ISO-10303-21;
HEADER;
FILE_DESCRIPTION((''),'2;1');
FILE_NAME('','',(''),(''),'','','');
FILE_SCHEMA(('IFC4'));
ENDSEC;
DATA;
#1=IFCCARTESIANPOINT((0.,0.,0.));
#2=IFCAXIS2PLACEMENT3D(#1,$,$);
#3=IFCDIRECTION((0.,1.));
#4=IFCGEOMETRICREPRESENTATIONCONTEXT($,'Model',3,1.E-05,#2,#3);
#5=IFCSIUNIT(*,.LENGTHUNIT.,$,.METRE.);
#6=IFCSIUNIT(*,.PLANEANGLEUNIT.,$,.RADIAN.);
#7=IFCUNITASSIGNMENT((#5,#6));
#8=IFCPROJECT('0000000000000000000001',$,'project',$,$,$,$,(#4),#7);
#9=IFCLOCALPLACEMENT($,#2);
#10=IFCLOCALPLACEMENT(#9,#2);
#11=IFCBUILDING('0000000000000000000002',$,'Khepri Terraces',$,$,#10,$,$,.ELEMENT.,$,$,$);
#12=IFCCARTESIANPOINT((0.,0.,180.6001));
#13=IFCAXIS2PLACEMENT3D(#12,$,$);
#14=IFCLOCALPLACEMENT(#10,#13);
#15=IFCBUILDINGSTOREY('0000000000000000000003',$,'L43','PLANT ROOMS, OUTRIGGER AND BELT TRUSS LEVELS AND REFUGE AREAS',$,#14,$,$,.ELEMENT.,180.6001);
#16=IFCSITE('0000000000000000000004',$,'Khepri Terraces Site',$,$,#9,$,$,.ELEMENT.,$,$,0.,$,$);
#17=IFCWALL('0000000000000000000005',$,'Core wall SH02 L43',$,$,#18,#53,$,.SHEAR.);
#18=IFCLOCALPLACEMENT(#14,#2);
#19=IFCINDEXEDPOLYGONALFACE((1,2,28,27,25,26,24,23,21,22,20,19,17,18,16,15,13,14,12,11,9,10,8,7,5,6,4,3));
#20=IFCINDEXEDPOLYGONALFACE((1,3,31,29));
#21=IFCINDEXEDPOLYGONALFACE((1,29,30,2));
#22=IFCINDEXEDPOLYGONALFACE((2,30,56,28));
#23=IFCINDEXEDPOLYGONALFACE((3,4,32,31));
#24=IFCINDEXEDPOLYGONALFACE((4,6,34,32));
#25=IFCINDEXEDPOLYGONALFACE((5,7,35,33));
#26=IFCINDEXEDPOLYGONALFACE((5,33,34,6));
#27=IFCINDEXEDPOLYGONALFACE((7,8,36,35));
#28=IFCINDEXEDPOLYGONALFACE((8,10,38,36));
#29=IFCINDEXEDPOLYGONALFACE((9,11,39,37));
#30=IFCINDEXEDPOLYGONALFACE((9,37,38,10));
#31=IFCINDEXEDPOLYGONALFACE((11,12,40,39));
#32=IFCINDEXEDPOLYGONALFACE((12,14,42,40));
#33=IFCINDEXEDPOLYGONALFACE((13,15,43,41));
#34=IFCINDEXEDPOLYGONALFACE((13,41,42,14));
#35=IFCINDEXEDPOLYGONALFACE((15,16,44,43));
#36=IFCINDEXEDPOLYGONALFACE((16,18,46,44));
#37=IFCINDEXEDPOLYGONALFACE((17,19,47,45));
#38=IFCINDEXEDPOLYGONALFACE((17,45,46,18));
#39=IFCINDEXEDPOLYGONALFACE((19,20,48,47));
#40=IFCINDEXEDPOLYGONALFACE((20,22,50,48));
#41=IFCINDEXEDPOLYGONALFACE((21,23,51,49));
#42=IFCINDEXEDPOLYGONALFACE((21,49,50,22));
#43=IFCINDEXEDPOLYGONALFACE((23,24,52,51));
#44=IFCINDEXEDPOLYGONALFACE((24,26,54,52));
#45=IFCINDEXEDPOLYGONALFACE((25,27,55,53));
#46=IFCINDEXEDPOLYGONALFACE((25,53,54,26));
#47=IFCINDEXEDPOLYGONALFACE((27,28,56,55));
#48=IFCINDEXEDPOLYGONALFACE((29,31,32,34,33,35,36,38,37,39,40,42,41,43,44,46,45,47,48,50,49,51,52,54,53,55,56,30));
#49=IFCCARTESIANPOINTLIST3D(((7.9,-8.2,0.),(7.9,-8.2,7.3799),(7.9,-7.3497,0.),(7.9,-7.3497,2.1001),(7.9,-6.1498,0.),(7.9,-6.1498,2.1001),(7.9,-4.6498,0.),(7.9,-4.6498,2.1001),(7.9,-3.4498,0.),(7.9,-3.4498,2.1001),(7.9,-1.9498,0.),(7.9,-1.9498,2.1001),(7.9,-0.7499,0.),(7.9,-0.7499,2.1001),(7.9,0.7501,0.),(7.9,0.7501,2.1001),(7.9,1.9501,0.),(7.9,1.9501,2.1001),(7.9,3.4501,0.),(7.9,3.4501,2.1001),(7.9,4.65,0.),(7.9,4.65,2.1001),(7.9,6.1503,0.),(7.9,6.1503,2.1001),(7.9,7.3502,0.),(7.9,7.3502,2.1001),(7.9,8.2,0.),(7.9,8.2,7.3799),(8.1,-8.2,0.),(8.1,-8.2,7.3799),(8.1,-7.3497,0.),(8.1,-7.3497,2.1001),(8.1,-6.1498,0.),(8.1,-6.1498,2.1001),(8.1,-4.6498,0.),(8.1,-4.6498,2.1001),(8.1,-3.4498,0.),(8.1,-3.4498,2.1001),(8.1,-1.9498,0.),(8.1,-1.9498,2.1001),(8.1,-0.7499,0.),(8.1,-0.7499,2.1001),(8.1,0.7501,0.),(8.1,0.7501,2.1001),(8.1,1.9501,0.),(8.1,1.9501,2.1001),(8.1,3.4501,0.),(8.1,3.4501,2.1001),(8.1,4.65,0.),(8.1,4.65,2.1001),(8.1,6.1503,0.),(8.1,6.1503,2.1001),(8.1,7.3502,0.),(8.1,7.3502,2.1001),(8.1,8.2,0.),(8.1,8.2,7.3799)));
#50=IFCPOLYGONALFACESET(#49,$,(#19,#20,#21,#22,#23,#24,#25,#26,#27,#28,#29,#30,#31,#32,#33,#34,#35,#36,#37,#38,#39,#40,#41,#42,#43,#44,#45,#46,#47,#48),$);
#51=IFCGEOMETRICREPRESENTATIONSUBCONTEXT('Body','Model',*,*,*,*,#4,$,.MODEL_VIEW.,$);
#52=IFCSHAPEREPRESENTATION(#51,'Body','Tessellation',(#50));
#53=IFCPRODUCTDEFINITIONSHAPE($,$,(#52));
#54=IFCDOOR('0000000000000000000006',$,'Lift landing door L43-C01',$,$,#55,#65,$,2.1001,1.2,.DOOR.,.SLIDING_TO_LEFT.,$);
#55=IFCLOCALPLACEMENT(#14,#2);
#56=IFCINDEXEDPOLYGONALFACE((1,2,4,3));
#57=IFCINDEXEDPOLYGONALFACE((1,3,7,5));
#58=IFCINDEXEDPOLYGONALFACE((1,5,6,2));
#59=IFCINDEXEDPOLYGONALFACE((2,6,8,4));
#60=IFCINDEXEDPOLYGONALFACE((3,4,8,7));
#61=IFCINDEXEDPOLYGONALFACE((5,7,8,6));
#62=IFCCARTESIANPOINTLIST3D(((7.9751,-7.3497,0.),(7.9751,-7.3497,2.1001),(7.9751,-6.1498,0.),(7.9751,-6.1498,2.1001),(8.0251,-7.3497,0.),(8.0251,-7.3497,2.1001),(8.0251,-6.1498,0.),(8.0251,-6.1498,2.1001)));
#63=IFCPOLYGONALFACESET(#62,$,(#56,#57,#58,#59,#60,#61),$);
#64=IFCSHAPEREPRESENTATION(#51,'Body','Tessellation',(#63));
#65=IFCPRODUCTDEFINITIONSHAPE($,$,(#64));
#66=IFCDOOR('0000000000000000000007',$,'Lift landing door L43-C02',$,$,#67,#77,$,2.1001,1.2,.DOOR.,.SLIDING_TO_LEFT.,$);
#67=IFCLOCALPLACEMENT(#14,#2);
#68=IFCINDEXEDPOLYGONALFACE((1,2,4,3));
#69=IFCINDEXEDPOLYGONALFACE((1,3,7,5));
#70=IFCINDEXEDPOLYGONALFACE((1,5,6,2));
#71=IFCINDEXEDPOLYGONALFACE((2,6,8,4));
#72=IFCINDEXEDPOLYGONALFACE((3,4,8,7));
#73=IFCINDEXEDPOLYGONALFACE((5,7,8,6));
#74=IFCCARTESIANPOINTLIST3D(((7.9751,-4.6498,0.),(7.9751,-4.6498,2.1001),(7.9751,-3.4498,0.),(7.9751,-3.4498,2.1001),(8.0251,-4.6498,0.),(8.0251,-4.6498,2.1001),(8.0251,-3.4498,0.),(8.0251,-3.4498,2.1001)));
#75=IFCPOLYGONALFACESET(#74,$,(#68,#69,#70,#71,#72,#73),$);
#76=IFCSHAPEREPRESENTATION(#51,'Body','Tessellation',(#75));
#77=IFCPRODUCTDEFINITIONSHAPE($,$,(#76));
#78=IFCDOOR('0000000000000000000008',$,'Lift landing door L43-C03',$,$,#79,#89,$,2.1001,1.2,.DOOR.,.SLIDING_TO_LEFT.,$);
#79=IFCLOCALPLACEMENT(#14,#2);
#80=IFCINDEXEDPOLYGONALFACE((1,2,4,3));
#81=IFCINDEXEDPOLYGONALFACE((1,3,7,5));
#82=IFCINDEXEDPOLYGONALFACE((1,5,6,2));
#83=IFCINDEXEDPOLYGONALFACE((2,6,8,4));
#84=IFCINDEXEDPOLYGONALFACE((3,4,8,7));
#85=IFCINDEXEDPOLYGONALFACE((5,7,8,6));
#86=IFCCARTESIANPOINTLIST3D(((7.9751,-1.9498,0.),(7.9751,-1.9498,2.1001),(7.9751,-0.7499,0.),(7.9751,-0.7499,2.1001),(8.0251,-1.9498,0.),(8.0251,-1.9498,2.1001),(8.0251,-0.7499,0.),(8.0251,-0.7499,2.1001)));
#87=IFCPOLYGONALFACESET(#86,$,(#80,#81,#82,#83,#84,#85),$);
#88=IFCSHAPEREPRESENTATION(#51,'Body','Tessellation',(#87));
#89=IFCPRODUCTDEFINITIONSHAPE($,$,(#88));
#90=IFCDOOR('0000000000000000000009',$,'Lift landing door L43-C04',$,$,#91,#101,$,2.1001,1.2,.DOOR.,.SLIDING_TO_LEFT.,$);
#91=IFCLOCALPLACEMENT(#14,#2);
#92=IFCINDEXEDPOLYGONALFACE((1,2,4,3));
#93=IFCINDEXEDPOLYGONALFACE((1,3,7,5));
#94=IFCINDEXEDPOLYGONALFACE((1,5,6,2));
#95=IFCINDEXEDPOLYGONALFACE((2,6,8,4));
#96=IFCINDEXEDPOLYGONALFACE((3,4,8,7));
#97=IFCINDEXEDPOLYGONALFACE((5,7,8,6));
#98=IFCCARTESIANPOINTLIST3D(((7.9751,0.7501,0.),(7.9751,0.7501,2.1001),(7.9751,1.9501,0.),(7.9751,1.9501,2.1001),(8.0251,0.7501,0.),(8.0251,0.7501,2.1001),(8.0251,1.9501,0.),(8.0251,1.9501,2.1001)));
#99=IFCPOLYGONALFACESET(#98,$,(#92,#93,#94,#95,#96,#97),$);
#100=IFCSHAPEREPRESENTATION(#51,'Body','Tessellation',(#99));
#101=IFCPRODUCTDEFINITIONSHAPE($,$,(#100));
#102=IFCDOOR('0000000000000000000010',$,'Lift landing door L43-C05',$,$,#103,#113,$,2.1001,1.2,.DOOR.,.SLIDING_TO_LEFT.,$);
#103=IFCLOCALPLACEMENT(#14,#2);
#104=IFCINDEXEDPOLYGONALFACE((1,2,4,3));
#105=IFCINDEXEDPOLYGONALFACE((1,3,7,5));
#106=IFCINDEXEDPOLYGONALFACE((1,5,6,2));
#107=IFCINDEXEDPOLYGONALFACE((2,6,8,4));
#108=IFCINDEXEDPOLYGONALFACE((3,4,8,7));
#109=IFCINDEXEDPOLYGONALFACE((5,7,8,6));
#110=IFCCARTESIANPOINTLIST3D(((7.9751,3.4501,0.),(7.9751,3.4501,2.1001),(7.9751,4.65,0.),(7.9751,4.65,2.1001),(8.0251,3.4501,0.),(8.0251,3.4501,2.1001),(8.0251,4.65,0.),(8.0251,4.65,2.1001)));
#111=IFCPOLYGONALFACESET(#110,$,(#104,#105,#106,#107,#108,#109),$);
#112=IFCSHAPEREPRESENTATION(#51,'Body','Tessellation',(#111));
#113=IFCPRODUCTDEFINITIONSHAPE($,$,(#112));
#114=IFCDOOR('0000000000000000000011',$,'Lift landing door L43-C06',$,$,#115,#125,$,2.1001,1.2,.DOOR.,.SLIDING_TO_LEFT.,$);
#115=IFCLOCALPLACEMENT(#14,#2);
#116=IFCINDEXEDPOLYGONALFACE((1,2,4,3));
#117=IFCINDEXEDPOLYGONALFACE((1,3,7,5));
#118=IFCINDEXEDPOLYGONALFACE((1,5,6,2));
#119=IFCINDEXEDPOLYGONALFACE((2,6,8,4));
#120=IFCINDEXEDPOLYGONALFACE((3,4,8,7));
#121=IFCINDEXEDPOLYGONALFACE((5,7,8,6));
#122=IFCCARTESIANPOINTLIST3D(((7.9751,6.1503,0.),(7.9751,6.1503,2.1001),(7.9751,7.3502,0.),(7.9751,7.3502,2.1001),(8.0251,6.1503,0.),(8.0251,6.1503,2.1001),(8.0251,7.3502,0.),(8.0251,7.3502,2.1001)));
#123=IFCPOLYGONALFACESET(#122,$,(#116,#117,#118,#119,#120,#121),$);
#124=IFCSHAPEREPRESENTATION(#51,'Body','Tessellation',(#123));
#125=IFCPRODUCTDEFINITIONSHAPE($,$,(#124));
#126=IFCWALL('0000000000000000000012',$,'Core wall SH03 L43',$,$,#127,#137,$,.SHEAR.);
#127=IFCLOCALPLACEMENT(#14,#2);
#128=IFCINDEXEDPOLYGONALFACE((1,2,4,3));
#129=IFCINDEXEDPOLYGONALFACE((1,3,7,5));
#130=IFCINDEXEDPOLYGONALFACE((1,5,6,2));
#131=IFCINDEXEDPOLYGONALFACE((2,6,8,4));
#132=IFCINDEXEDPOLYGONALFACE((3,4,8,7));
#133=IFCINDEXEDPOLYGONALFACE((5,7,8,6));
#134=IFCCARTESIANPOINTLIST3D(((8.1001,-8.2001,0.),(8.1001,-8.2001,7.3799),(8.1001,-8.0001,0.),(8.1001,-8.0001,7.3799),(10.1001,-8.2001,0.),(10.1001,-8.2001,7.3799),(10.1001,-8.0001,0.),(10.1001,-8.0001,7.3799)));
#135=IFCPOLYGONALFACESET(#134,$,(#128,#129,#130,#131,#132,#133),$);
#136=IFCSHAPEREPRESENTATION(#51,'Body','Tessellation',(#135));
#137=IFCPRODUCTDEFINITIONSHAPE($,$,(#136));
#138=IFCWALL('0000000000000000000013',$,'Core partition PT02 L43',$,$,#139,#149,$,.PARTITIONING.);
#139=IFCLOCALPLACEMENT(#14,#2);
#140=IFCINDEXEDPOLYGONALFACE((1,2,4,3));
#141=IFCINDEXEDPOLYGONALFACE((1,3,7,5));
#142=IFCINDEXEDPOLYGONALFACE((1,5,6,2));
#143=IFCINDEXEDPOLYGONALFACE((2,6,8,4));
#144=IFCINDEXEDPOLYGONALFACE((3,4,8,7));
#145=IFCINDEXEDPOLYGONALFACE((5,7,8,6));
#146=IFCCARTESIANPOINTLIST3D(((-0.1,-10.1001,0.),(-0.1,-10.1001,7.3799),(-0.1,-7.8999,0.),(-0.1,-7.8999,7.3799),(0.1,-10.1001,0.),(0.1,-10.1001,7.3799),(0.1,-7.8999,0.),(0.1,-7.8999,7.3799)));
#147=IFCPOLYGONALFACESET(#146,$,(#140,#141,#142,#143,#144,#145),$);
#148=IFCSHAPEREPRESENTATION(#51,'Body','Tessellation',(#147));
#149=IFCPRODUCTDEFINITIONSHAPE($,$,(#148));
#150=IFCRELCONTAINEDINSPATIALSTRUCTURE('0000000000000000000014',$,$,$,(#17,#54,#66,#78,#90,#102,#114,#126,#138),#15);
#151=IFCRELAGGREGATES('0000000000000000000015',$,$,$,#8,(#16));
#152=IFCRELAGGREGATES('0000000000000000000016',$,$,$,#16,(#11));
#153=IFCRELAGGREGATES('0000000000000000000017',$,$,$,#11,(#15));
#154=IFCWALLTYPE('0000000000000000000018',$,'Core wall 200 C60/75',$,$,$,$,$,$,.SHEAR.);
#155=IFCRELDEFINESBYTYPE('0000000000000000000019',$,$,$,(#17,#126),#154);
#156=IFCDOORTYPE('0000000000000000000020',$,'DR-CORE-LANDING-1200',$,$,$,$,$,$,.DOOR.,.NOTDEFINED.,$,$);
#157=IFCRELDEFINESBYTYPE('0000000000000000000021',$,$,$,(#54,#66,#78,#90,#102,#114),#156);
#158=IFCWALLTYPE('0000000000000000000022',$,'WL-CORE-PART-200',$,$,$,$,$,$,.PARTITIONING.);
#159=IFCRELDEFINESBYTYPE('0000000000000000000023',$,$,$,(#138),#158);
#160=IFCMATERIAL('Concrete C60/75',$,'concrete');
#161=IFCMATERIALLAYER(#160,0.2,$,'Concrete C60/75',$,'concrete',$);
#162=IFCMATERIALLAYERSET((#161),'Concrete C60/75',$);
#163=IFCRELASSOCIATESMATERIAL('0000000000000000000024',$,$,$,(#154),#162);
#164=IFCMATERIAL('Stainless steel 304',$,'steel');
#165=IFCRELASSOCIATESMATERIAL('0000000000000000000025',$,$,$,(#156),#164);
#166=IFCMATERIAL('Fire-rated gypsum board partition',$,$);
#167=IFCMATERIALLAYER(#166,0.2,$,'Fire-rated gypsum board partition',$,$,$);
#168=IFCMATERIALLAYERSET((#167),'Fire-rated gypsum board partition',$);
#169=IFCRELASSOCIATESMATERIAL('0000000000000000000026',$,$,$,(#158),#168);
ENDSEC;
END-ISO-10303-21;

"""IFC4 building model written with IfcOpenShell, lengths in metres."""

from ifc_helpers import new_model, si_unit, direction, frame, frame_2d, origin, place, context, subcontext, project, spatial, rectangle, extrude, material, layer, layer_set, type_object, element, fill, save


model = new_model("IFC4")

# Units and contexts
model_context = context("Model", 3, precision=1e-05, world=origin(), true_north=direction((0.0, 1.0)))
body_context = subcontext(model_context, "Body", "Model", "MODEL_VIEW")
ifc_project = project(units=[si_unit("LENGTHUNIT", "METRE"), si_unit("PLANEANGLEUNIT", "RADIAN")], contexts=[model_context])

# Site, building, storey
site_placement = place(None, origin())
site = spatial("IfcSite", under=ifc_project, at=site_placement, Name="Khepri Terraces Site", CompositionType="ELEMENT", RefElevation=0.0)
building_placement = place(site_placement, origin())
building = spatial("IfcBuilding", under=site, at=building_placement, Name="Khepri Terraces", CompositionType="ELEMENT")
storey_placement = place(building_placement, frame((0.0, 0.0, 180.6001)))
storey = spatial("IfcBuildingStorey", under=building, at=storey_placement, Name="L43", Description="PLANT ROOMS, OUTRIGGER AND BELT TRUSS LEVELS AND REFUGE AREAS", CompositionType="ELEMENT", Elevation=180.6001)

# Shared definitions
ifc_material_1 = material(Name="Concrete C60/75", Category="concrete")

# Wall, openings, doors
ifc_layer_1 = layer(ifc_material_1, 0.2, Name="Concrete C60/75", Category="concrete")
ifc_layer_set_1 = layer_set([ifc_layer_1], Name="Concrete C60/75")
wall_type_1 = type_object("IfcWallType", Name="Core wall 200 C60/75", PredefinedType="SHEAR", material=ifc_layer_set_1)
wall_1_placement = place(storey_placement, frame((8.0, -8.2, 0.0), z_axis=(0.0, 0.0, 1.0), x_axis=(0.0, 1.0, 0.0)))
wall_1 = element("IfcWall", 1, at=wall_1_placement, inside=storey, type_object=wall_type_1, Name="Core wall SH02 L43", PredefinedType="SHEAR", context=body_context, shape_type="SweptSolid", body=[
    extrude(rectangle(XDim=16.3999, YDim=0.2, at=frame_2d((8.2, 0.0))), origin(), (0.0, 0.0, 1.0), 7.3799),
])
opening_1_placement = place(wall_1_placement, frame((0.8501, 0.0, 0.0)))
opening_1 = element("IfcOpeningElement", 2, at=opening_1_placement, cuts=wall_1, PredefinedType="OPENING", context=body_context, shape_type="SweptSolid", body=[
    extrude(rectangle(XDim=1.2, YDim=2.1001, at=frame_2d((0.6001, 1.05))), frame((0.0, 0.1099, 0.0), z_axis=(0.0, -1.0, 0.0), x_axis=(1.0, 0.0, 0.0)), (0.0, 0.0, 1.0), 0.22),
])
opening_2_placement = place(wall_1_placement, frame((3.55, 0.0, 0.0)))
opening_2 = element("IfcOpeningElement", 3, at=opening_2_placement, cuts=wall_1, PredefinedType="OPENING", context=body_context, shape_type="SweptSolid", body=[
    extrude(rectangle(XDim=1.2, YDim=2.1001, at=frame_2d((0.6001, 1.05))), frame((0.0, 0.1099, 0.0), z_axis=(0.0, -1.0, 0.0), x_axis=(1.0, 0.0, 0.0)), (0.0, 0.0, 1.0), 0.22),
])
opening_3_placement = place(wall_1_placement, frame((6.25, 0.0, 0.0)))
opening_3 = element("IfcOpeningElement", 4, at=opening_3_placement, cuts=wall_1, PredefinedType="OPENING", context=body_context, shape_type="SweptSolid", body=[
    extrude(rectangle(XDim=1.2, YDim=2.1001, at=frame_2d((0.6001, 1.05))), frame((0.0, 0.1099, 0.0), z_axis=(0.0, -1.0, 0.0), x_axis=(1.0, 0.0, 0.0)), (0.0, 0.0, 1.0), 0.22),
])
opening_4_placement = place(wall_1_placement, frame((8.95, 0.0, 0.0)))
opening_4 = element("IfcOpeningElement", 5, at=opening_4_placement, cuts=wall_1, PredefinedType="OPENING", context=body_context, shape_type="SweptSolid", body=[
    extrude(rectangle(XDim=1.2, YDim=2.1001, at=frame_2d((0.6001, 1.05))), frame((0.0, 0.1099, 0.0), z_axis=(0.0, -1.0, 0.0), x_axis=(1.0, 0.0, 0.0)), (0.0, 0.0, 1.0), 0.22),
])
opening_5_placement = place(wall_1_placement, frame((11.6499, 0.0, 0.0)))
opening_5 = element("IfcOpeningElement", 6, at=opening_5_placement, cuts=wall_1, PredefinedType="OPENING", context=body_context, shape_type="SweptSolid", body=[
    extrude(rectangle(XDim=1.2, YDim=2.1001, at=frame_2d((0.6001, 1.05))), frame((0.0, 0.1099, 0.0), z_axis=(0.0, -1.0, 0.0), x_axis=(1.0, 0.0, 0.0)), (0.0, 0.0, 1.0), 0.22),
])
opening_6_placement = place(wall_1_placement, frame((14.3501, 0.0, 0.0)))
opening_6 = element("IfcOpeningElement", 7, at=opening_6_placement, cuts=wall_1, PredefinedType="OPENING", context=body_context, shape_type="SweptSolid", body=[
    extrude(rectangle(XDim=1.2, YDim=2.1001, at=frame_2d((0.6001, 1.05))), frame((0.0, 0.1099, 0.0), z_axis=(0.0, -1.0, 0.0), x_axis=(1.0, 0.0, 0.0)), (0.0, 0.0, 1.0), 0.22),
])
ifc_material_2 = material(Name="Stainless steel 304", Category="steel")
door_type_1 = type_object("IfcDoorType", Name="DR-CORE-LANDING-1200", OperationType="NOTDEFINED", PredefinedType="DOOR", material=ifc_material_2)
door_1_placement = place(opening_1_placement, origin())
door_1 = element("IfcDoor", 8, at=door_1_placement, inside=storey, type_object=door_type_1, Name="Lift landing door L43-C01", OperationType="SLIDING_TO_LEFT", OverallHeight=2.1001, OverallWidth=1.2, PredefinedType="DOOR", context=body_context, shape_type="SweptSolid", body=[
    extrude(rectangle(XDim=1.2, YDim=2.1001, at=frame_2d((0.6001, 1.05))), frame((0.0, 0.0249, 0.0), z_axis=(0.0, -1.0, 0.0), x_axis=(1.0, 0.0, 0.0)), (0.0, 0.0, 1.0), 0.05),
])
fill(opening_1, door_1)
door_2_placement = place(opening_2_placement, origin())
door_2 = element("IfcDoor", 9, at=door_2_placement, inside=storey, type_object=door_type_1, Name="Lift landing door L43-C02", OperationType="SLIDING_TO_LEFT", OverallHeight=2.1001, OverallWidth=1.2, PredefinedType="DOOR", context=body_context, shape_type="SweptSolid", body=[
    extrude(rectangle(XDim=1.2, YDim=2.1001, at=frame_2d((0.6001, 1.05))), frame((0.0, 0.0249, 0.0), z_axis=(0.0, -1.0, 0.0), x_axis=(1.0, 0.0, 0.0)), (0.0, 0.0, 1.0), 0.05),
])
fill(opening_2, door_2)
door_3_placement = place(opening_3_placement, origin())
door_3 = element("IfcDoor", 10, at=door_3_placement, inside=storey, type_object=door_type_1, Name="Lift landing door L43-C03", OperationType="SLIDING_TO_LEFT", OverallHeight=2.1001, OverallWidth=1.2, PredefinedType="DOOR", context=body_context, shape_type="SweptSolid", body=[
    extrude(rectangle(XDim=1.2, YDim=2.1001, at=frame_2d((0.6001, 1.05))), frame((0.0, 0.0249, 0.0), z_axis=(0.0, -1.0, 0.0), x_axis=(1.0, 0.0, 0.0)), (0.0, 0.0, 1.0), 0.05),
])
fill(opening_3, door_3)
door_4_placement = place(opening_4_placement, origin())
door_4 = element("IfcDoor", 11, at=door_4_placement, inside=storey, type_object=door_type_1, Name="Lift landing door L43-C04", OperationType="SLIDING_TO_LEFT", OverallHeight=2.1001, OverallWidth=1.2, PredefinedType="DOOR", context=body_context, shape_type="SweptSolid", body=[
    extrude(rectangle(XDim=1.2, YDim=2.1001, at=frame_2d((0.6001, 1.05))), frame((0.0, 0.0249, 0.0), z_axis=(0.0, -1.0, 0.0), x_axis=(1.0, 0.0, 0.0)), (0.0, 0.0, 1.0), 0.05),
])
fill(opening_4, door_4)
door_5_placement = place(opening_5_placement, origin())
door_5 = element("IfcDoor", 12, at=door_5_placement, inside=storey, type_object=door_type_1, Name="Lift landing door L43-C05", OperationType="SLIDING_TO_LEFT", OverallHeight=2.1001, OverallWidth=1.2, PredefinedType="DOOR", context=body_context, shape_type="SweptSolid", body=[
    extrude(rectangle(XDim=1.2, YDim=2.1001, at=frame_2d((0.6001, 1.05))), frame((0.0, 0.0249, 0.0), z_axis=(0.0, -1.0, 0.0), x_axis=(1.0, 0.0, 0.0)), (0.0, 0.0, 1.0), 0.05),
])
fill(opening_5, door_5)
door_6_placement = place(opening_6_placement, origin())
door_6 = element("IfcDoor", 13, at=door_6_placement, inside=storey, type_object=door_type_1, Name="Lift landing door L43-C06", OperationType="SLIDING_TO_LEFT", OverallHeight=2.1001, OverallWidth=1.2, PredefinedType="DOOR", context=body_context, shape_type="SweptSolid", body=[
    extrude(rectangle(XDim=1.2, YDim=2.1001, at=frame_2d((0.6001, 1.05))), frame((0.0, 0.0249, 0.0), z_axis=(0.0, -1.0, 0.0), x_axis=(1.0, 0.0, 0.0)), (0.0, 0.0, 1.0), 0.05),
])
fill(opening_6, door_6)

# Walls
wall_2_placement = place(storey_placement, frame((8.1001, -8.1001, 0.0), z_axis=(0.0, 0.0, 1.0), x_axis=(1.0, 0.0, 0.0)))
element("IfcWall", 14, at=wall_2_placement, inside=storey, type_object=wall_type_1, Name="Core wall SH03 L43", PredefinedType="SHEAR", context=body_context, shape_type="SweptSolid", body=[
    extrude(rectangle(XDim=2.0, YDim=0.2, at=frame_2d((1.0, 0.0))), origin(), (0.0, 0.0, 1.0), 7.3799),
])
ifc_material_3 = material(Name="Fire-rated gypsum board partition")
ifc_layer_2 = layer(ifc_material_3, 0.2, Name="Fire-rated gypsum board partition")
ifc_layer_set_2 = layer_set([ifc_layer_2], Name="Fire-rated gypsum board partition")
wall_type_2 = type_object("IfcWallType", Name="WL-CORE-PART-200", PredefinedType="PARTITIONING", material=ifc_layer_set_2)
wall_3_placement = place(storey_placement, frame((0.0, -10.1001, 0.0), z_axis=(0.0, 0.0, 1.0), x_axis=(0.0, 1.0, 0.0)))
element("IfcWall", 15, at=wall_3_placement, inside=storey, type_object=wall_type_2, Name="Core partition PT02 L43", PredefinedType="PARTITIONING", context=body_context, shape_type="SweptSolid", body=[
    extrude(rectangle(XDim=2.2002, YDim=0.2, at=frame_2d((1.1001, 0.0))), origin(), (0.0, 0.0, 1.0), 7.3799),
])

save(model, "model.ifc")
